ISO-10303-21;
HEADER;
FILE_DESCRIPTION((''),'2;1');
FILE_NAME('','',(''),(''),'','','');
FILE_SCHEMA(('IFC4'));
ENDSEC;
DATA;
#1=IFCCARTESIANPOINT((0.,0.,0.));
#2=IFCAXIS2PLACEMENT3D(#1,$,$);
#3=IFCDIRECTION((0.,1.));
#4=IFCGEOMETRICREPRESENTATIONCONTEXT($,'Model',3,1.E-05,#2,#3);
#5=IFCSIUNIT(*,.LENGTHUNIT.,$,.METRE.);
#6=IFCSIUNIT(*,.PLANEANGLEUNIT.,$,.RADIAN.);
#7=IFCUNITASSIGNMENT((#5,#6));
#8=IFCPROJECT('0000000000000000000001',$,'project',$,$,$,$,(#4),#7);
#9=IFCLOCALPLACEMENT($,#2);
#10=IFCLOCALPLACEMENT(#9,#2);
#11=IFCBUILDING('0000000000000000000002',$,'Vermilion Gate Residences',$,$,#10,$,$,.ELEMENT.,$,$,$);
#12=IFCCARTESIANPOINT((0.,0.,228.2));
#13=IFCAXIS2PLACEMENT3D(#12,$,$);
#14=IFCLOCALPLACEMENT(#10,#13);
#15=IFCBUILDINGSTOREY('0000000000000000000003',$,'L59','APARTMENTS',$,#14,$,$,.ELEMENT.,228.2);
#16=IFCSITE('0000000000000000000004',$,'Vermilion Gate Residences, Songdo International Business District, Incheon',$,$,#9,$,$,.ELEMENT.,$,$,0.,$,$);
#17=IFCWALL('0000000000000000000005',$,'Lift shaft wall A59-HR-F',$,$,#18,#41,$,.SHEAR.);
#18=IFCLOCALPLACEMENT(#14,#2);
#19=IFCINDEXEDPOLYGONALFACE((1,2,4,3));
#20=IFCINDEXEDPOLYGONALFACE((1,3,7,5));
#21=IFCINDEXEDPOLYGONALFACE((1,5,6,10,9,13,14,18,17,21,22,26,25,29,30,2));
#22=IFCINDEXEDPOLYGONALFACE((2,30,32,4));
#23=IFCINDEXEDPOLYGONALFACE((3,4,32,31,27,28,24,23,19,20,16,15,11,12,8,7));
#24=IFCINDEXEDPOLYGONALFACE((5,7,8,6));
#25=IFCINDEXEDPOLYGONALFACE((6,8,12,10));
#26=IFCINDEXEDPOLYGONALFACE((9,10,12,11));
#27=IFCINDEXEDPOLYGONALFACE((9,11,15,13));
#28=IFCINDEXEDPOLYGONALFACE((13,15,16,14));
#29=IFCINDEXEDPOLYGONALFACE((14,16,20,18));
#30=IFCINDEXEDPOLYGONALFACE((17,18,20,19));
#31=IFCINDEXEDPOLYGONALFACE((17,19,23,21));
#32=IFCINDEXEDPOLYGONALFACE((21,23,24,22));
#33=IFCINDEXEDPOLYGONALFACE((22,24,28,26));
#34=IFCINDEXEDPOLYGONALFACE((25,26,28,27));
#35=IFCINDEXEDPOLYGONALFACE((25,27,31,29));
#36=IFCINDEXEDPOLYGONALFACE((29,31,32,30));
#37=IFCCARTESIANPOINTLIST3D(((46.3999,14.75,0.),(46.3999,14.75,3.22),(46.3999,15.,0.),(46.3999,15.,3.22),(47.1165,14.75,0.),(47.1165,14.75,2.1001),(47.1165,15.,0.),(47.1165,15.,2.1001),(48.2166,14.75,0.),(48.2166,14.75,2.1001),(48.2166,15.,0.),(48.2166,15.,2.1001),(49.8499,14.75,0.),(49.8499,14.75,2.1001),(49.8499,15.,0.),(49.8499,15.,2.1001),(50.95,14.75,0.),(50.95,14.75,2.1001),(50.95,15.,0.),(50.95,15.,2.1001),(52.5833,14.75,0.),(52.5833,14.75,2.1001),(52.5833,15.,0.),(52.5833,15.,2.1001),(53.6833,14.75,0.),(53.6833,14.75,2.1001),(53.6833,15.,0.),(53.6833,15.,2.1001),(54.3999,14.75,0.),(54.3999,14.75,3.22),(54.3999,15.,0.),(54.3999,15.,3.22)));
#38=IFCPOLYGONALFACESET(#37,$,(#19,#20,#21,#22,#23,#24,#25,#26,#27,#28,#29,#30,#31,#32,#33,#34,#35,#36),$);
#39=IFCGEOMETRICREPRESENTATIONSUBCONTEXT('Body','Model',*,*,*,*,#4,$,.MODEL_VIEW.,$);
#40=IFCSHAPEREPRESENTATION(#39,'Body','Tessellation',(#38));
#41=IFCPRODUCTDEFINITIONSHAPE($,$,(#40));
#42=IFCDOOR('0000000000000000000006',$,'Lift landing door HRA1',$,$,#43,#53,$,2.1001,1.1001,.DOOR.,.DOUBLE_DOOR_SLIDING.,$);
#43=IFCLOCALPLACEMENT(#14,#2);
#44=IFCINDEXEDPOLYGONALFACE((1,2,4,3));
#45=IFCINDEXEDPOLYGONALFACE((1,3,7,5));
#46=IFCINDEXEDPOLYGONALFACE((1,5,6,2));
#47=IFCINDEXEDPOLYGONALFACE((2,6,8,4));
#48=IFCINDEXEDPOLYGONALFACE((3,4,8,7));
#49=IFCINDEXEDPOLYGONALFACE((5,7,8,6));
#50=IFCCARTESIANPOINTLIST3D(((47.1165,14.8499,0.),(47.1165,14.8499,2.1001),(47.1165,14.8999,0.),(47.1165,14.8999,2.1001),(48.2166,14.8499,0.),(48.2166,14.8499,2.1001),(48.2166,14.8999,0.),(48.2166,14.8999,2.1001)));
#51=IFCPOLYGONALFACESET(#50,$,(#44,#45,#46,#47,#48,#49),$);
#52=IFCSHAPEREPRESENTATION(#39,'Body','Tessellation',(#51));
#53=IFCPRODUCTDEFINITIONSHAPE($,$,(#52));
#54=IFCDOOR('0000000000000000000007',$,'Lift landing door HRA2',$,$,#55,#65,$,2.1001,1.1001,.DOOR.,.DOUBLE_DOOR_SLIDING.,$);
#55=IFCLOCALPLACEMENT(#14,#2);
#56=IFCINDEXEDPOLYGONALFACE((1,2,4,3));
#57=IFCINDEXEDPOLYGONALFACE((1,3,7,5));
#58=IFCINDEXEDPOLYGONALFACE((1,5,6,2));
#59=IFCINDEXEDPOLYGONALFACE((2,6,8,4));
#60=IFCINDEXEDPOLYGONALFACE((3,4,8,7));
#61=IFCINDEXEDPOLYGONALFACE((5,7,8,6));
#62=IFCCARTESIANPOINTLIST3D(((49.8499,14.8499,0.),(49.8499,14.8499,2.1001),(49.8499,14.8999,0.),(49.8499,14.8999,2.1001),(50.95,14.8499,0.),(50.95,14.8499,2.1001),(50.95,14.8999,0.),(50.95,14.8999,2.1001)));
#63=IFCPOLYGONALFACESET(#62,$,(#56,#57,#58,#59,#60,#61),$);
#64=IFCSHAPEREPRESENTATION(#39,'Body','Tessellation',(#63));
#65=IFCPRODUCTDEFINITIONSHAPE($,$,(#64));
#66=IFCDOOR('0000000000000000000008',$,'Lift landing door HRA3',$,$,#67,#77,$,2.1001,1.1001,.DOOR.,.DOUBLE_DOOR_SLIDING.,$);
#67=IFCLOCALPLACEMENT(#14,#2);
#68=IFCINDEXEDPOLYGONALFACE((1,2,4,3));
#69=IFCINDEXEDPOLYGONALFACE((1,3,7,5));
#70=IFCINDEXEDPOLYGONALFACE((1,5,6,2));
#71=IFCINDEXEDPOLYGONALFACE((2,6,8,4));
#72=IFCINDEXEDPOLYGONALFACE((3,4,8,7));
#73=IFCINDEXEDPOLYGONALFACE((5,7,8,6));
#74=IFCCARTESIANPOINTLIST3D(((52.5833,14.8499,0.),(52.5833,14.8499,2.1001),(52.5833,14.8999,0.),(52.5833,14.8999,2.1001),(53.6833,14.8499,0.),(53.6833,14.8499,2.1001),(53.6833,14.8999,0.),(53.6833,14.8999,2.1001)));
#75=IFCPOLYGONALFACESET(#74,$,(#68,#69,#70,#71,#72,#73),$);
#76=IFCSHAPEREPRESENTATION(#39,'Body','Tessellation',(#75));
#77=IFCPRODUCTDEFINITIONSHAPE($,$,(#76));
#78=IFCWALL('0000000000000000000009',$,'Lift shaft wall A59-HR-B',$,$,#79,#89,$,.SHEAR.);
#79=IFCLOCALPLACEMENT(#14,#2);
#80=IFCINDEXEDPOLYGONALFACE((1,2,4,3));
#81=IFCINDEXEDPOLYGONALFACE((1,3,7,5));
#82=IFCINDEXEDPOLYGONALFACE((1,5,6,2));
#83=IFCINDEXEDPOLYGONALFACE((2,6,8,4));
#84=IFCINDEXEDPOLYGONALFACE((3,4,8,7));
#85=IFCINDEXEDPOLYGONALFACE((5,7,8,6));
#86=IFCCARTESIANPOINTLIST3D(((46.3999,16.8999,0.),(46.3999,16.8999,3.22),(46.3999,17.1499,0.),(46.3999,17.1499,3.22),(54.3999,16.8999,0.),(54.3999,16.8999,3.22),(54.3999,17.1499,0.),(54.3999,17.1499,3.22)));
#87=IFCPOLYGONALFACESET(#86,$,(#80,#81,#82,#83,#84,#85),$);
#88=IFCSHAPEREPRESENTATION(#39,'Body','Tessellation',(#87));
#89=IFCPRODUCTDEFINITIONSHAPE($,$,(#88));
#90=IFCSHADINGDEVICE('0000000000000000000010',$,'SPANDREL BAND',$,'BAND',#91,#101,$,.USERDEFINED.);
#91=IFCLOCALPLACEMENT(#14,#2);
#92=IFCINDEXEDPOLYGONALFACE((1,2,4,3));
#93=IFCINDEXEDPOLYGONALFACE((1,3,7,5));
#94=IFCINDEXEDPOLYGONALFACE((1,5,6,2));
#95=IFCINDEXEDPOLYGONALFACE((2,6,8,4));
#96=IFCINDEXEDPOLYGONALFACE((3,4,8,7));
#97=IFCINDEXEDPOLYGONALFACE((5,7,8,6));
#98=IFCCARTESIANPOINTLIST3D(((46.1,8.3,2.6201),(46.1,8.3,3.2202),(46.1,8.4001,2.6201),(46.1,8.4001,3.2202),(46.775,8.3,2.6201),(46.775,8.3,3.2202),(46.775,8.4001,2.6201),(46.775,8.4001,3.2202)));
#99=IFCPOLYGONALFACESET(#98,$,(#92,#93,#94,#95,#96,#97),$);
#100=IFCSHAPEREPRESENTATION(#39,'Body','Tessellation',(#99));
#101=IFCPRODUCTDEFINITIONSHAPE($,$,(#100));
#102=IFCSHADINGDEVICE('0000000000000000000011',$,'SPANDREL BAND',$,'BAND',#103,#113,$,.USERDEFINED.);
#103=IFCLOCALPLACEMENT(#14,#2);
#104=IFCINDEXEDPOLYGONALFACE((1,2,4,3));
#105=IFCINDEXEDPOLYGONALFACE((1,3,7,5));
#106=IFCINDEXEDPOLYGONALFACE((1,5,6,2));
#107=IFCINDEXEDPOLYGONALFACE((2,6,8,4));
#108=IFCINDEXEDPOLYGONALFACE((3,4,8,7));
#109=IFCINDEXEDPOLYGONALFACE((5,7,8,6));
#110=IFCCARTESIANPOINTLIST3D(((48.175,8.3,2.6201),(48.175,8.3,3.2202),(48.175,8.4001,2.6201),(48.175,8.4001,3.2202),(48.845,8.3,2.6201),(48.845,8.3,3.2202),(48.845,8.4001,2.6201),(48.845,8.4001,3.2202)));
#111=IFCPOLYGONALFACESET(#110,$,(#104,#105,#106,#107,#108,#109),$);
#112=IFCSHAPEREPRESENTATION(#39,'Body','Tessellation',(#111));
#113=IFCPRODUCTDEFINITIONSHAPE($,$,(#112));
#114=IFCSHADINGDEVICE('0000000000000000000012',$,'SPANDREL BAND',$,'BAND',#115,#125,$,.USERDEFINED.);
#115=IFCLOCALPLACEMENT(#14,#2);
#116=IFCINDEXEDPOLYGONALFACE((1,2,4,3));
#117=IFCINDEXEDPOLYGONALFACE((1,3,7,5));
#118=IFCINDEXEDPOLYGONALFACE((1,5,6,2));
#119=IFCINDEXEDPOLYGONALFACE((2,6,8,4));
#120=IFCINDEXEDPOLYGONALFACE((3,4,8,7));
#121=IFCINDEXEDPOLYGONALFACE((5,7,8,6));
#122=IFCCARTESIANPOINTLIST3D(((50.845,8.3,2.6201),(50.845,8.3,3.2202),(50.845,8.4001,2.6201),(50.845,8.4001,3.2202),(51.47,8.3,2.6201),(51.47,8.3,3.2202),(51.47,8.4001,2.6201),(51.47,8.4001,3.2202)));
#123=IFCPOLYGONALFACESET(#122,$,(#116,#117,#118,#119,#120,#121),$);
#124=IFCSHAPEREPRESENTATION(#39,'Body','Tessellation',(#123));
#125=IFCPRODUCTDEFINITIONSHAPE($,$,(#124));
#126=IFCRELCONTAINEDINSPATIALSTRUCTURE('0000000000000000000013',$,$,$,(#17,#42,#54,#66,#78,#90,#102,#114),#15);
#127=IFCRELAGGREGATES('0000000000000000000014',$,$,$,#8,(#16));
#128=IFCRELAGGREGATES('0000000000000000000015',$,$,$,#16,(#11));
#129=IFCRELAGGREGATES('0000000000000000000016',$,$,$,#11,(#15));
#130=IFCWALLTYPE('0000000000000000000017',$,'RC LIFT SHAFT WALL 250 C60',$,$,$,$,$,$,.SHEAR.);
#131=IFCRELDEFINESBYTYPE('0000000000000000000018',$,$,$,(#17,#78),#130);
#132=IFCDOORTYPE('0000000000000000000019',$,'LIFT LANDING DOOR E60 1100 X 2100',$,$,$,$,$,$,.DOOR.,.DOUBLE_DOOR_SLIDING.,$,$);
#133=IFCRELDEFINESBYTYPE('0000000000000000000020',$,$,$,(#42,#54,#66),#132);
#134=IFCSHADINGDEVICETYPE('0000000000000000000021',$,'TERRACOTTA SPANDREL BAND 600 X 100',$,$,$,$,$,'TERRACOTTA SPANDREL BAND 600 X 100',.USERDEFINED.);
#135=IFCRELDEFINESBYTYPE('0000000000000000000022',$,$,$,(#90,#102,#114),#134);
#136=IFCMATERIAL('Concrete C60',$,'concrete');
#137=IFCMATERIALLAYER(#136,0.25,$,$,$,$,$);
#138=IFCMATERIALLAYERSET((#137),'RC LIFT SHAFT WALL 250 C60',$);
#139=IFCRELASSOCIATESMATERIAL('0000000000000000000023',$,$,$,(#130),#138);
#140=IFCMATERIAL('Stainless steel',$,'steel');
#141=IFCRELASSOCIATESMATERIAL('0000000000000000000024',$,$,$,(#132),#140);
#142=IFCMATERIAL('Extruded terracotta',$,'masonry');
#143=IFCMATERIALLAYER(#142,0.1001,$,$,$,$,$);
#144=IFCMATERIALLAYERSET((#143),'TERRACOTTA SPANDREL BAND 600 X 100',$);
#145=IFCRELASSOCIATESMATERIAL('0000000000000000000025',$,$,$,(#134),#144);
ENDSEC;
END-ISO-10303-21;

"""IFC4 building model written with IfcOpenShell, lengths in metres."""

from ifc_helpers import new_model, si_unit, direction, frame, frame_2d, origin, origin_2d, place, context, subcontext, project, spatial, rectangle, extrude, material, layer, layer_set, type_object, element, fill, save


model = new_model("IFC4")

# Units and contexts
model_context = context("Model", 3, precision=1e-05, world=origin(), true_north=direction((0.0, 1.0)))
body_context = subcontext(model_context, "Body", "Model", "MODEL_VIEW")
ifc_project = project(units=[si_unit("LENGTHUNIT", "METRE"), si_unit("PLANEANGLEUNIT", "RADIAN")], contexts=[model_context])

# Site, building, storey
site_placement = place(None, origin())
site = spatial("IfcSite", under=ifc_project, at=site_placement, Name="Vermilion Gate Residences, Songdo International Business District, Incheon", CompositionType="ELEMENT", RefElevation=0.0)
building_placement = place(site_placement, origin())
building = spatial("IfcBuilding", under=site, at=building_placement, Name="Vermilion Gate Residences", CompositionType="ELEMENT")
storey_placement = place(building_placement, frame((0.0, 0.0, 228.2)))
storey = spatial("IfcBuildingStorey", under=building, at=storey_placement, Name="L59", Description="APARTMENTS", CompositionType="ELEMENT", Elevation=228.2)

# Wall, openings, doors
ifc_material_1 = material(Name="Concrete C60", Category="concrete")
ifc_layer_1 = layer(ifc_material_1, 0.25)
ifc_layer_set_1 = layer_set([ifc_layer_1], Name="RC LIFT SHAFT WALL 250 C60")
wall_type_1 = type_object("IfcWallType", Name="RC LIFT SHAFT WALL 250 C60", PredefinedType="SHEAR", material=ifc_layer_set_1)
wall_1_placement = place(storey_placement, frame((46.3999, 14.875, 0.0), z_axis=(0.0, 0.0, 1.0), x_axis=(1.0, 0.0, 0.0)))
wall_1 = element("IfcWall", 1, at=wall_1_placement, inside=storey, type_object=wall_type_1, Name="Lift shaft wall A59-HR-F", PredefinedType="SHEAR", context=body_context, shape_type="SweptSolid", body=[
    extrude(rectangle(XDim=8.0, YDim=0.25, at=frame_2d((4.0, 0.0))), origin(), (0.0, 0.0, 1.0), 3.22),
])
opening_1_placement = place(wall_1_placement, frame((0.7166, 0.0, 0.0)))
opening_1 = element("IfcOpeningElement", 2, at=opening_1_placement, cuts=wall_1, PredefinedType="OPENING", context=body_context, shape_type="SweptSolid", body=[
    extrude(rectangle(XDim=1.1001, YDim=2.1001, at=frame_2d((0.55, 1.05))), frame((0.0, 0.135, 0.0), z_axis=(0.0, -1.0, 0.0), x_axis=(1.0, 0.0, 0.0)), (0.0, 0.0, 1.0), 0.27),
])
opening_2_placement = place(wall_1_placement, frame((3.45, 0.0, 0.0)))
opening_2 = element("IfcOpeningElement", 3, at=opening_2_placement, cuts=wall_1, PredefinedType="OPENING", context=body_context, shape_type="SweptSolid", body=[
    extrude(rectangle(XDim=1.1001, YDim=2.1001, at=frame_2d((0.55, 1.05))), frame((0.0, 0.135, 0.0), z_axis=(0.0, -1.0, 0.0), x_axis=(1.0, 0.0, 0.0)), (0.0, 0.0, 1.0), 0.27),
])
opening_3_placement = place(wall_1_placement, frame((6.1833, 0.0, 0.0)))
opening_3 = element("IfcOpeningElement", 4, at=opening_3_placement, cuts=wall_1, PredefinedType="OPENING", context=body_context, shape_type="SweptSolid", body=[
    extrude(rectangle(XDim=1.1001, YDim=2.1001, at=frame_2d((0.55, 1.05))), frame((0.0, 0.135, 0.0), z_axis=(0.0, -1.0, 0.0), x_axis=(1.0, 0.0, 0.0)), (0.0, 0.0, 1.0), 0.27),
])
ifc_material_2 = material(Name="Stainless steel", Category="steel")
door_type_1 = type_object("IfcDoorType", Name="LIFT LANDING DOOR E60 1100 X 2100", OperationType="DOUBLE_DOOR_SLIDING", PredefinedType="DOOR", material=ifc_material_2)
door_1_placement = place(opening_1_placement, origin())
door_1 = element("IfcDoor", 5, at=door_1_placement, inside=storey, type_object=door_type_1, Name="Lift landing door HRA1", OperationType="DOUBLE_DOOR_SLIDING", OverallHeight=2.1001, OverallWidth=1.1001, PredefinedType="DOOR", context=body_context, shape_type="SweptSolid", body=[
    extrude(rectangle(XDim=1.1001, YDim=2.1001, at=frame_2d((0.55, 1.05))), frame((0.0, 0.0249, 0.0), z_axis=(0.0, -1.0, 0.0), x_axis=(1.0, 0.0, 0.0)), (0.0, 0.0, 1.0), 0.05),
])
fill(opening_1, door_1)
door_2_placement = place(opening_2_placement, origin())
door_2 = element("IfcDoor", 6, at=door_2_placement, inside=storey, type_object=door_type_1, Name="Lift landing door HRA2", OperationType="DOUBLE_DOOR_SLIDING", OverallHeight=2.1001, OverallWidth=1.1001, PredefinedType="DOOR", context=body_context, shape_type="SweptSolid", body=[
    extrude(rectangle(XDim=1.1001, YDim=2.1001, at=frame_2d((0.55, 1.05))), frame((0.0, 0.0249, 0.0), z_axis=(0.0, -1.0, 0.0), x_axis=(1.0, 0.0, 0.0)), (0.0, 0.0, 1.0), 0.05),
])
fill(opening_2, door_2)
door_3_placement = place(opening_3_placement, origin())
door_3 = element("IfcDoor", 7, at=door_3_placement, inside=storey, type_object=door_type_1, Name="Lift landing door HRA3", OperationType="DOUBLE_DOOR_SLIDING", OverallHeight=2.1001, OverallWidth=1.1001, PredefinedType="DOOR", context=body_context, shape_type="SweptSolid", body=[
    extrude(rectangle(XDim=1.1001, YDim=2.1001, at=frame_2d((0.55, 1.05))), frame((0.0, 0.0249, 0.0), z_axis=(0.0, -1.0, 0.0), x_axis=(1.0, 0.0, 0.0)), (0.0, 0.0, 1.0), 0.05),
])
fill(opening_3, door_3)

# Wall
wall_2_placement = place(storey_placement, frame((46.3999, 17.0249, 0.0), z_axis=(0.0, 0.0, 1.0), x_axis=(1.0, 0.0, 0.0)))
element("IfcWall", 8, at=wall_2_placement, inside=storey, type_object=wall_type_1, Name="Lift shaft wall A59-HR-B", PredefinedType="SHEAR", context=body_context, shape_type="SweptSolid", body=[
    extrude(rectangle(XDim=8.0, YDim=0.25, at=frame_2d((4.0, 0.0))), origin(), (0.0, 0.0, 1.0), 3.22),
])

# Shading devices
ifc_material_3 = material(Name="Extruded terracotta", Category="masonry")
ifc_layer_2 = layer(ifc_material_3, 0.1001)
ifc_layer_set_2 = layer_set([ifc_layer_2], Name="TERRACOTTA SPANDREL BAND 600 X 100")
shading_device_type = type_object("IfcShadingDeviceType", Name="TERRACOTTA SPANDREL BAND 600 X 100", ElementType="TERRACOTTA SPANDREL BAND 600 X 100", PredefinedType="USERDEFINED", material=ifc_layer_set_2)
shading_device_1_placement = place(storey_placement, frame((46.4375, 8.3501, 2.6201), z_axis=(0.0, 0.0, 1.0), x_axis=(1.0, 0.0, 0.0)))
element("IfcShadingDevice", 9, at=shading_device_1_placement, inside=storey, type_object=shading_device_type, Name="SPANDREL BAND", ObjectType="BAND", PredefinedType="USERDEFINED", context=body_context, shape_type="SweptSolid", body=[
    extrude(rectangle(XDim=0.675, YDim=0.1001, at=origin_2d()), origin(), (0.0, 0.0, 1.0), 0.6001),
])
shading_device_2_placement = place(storey_placement, frame((48.51, 8.3501, 2.6201), z_axis=(0.0, 0.0, 1.0), x_axis=(1.0, 0.0, 0.0)))
element("IfcShadingDevice", 10, at=shading_device_2_placement, inside=storey, type_object=shading_device_type, Name="SPANDREL BAND", ObjectType="BAND", PredefinedType="USERDEFINED", context=body_context, shape_type="SweptSolid", body=[
    extrude(rectangle(XDim=0.6699, YDim=0.1001, at=origin_2d()), origin(), (0.0, 0.0, 1.0), 0.6001),
])
shading_device_3_placement = place(storey_placement, frame((51.1575, 8.3501, 2.6201), z_axis=(0.0, 0.0, 1.0), x_axis=(1.0, 0.0, 0.0)))
element("IfcShadingDevice", 11, at=shading_device_3_placement, inside=storey, type_object=shading_device_type, Name="SPANDREL BAND", ObjectType="BAND", PredefinedType="USERDEFINED", context=body_context, shape_type="SweptSolid", body=[
    extrude(rectangle(XDim=0.625, YDim=0.1001, at=origin_2d()), origin(), (0.0, 0.0, 1.0), 0.6001),
])

save(model, "model.ifc")
